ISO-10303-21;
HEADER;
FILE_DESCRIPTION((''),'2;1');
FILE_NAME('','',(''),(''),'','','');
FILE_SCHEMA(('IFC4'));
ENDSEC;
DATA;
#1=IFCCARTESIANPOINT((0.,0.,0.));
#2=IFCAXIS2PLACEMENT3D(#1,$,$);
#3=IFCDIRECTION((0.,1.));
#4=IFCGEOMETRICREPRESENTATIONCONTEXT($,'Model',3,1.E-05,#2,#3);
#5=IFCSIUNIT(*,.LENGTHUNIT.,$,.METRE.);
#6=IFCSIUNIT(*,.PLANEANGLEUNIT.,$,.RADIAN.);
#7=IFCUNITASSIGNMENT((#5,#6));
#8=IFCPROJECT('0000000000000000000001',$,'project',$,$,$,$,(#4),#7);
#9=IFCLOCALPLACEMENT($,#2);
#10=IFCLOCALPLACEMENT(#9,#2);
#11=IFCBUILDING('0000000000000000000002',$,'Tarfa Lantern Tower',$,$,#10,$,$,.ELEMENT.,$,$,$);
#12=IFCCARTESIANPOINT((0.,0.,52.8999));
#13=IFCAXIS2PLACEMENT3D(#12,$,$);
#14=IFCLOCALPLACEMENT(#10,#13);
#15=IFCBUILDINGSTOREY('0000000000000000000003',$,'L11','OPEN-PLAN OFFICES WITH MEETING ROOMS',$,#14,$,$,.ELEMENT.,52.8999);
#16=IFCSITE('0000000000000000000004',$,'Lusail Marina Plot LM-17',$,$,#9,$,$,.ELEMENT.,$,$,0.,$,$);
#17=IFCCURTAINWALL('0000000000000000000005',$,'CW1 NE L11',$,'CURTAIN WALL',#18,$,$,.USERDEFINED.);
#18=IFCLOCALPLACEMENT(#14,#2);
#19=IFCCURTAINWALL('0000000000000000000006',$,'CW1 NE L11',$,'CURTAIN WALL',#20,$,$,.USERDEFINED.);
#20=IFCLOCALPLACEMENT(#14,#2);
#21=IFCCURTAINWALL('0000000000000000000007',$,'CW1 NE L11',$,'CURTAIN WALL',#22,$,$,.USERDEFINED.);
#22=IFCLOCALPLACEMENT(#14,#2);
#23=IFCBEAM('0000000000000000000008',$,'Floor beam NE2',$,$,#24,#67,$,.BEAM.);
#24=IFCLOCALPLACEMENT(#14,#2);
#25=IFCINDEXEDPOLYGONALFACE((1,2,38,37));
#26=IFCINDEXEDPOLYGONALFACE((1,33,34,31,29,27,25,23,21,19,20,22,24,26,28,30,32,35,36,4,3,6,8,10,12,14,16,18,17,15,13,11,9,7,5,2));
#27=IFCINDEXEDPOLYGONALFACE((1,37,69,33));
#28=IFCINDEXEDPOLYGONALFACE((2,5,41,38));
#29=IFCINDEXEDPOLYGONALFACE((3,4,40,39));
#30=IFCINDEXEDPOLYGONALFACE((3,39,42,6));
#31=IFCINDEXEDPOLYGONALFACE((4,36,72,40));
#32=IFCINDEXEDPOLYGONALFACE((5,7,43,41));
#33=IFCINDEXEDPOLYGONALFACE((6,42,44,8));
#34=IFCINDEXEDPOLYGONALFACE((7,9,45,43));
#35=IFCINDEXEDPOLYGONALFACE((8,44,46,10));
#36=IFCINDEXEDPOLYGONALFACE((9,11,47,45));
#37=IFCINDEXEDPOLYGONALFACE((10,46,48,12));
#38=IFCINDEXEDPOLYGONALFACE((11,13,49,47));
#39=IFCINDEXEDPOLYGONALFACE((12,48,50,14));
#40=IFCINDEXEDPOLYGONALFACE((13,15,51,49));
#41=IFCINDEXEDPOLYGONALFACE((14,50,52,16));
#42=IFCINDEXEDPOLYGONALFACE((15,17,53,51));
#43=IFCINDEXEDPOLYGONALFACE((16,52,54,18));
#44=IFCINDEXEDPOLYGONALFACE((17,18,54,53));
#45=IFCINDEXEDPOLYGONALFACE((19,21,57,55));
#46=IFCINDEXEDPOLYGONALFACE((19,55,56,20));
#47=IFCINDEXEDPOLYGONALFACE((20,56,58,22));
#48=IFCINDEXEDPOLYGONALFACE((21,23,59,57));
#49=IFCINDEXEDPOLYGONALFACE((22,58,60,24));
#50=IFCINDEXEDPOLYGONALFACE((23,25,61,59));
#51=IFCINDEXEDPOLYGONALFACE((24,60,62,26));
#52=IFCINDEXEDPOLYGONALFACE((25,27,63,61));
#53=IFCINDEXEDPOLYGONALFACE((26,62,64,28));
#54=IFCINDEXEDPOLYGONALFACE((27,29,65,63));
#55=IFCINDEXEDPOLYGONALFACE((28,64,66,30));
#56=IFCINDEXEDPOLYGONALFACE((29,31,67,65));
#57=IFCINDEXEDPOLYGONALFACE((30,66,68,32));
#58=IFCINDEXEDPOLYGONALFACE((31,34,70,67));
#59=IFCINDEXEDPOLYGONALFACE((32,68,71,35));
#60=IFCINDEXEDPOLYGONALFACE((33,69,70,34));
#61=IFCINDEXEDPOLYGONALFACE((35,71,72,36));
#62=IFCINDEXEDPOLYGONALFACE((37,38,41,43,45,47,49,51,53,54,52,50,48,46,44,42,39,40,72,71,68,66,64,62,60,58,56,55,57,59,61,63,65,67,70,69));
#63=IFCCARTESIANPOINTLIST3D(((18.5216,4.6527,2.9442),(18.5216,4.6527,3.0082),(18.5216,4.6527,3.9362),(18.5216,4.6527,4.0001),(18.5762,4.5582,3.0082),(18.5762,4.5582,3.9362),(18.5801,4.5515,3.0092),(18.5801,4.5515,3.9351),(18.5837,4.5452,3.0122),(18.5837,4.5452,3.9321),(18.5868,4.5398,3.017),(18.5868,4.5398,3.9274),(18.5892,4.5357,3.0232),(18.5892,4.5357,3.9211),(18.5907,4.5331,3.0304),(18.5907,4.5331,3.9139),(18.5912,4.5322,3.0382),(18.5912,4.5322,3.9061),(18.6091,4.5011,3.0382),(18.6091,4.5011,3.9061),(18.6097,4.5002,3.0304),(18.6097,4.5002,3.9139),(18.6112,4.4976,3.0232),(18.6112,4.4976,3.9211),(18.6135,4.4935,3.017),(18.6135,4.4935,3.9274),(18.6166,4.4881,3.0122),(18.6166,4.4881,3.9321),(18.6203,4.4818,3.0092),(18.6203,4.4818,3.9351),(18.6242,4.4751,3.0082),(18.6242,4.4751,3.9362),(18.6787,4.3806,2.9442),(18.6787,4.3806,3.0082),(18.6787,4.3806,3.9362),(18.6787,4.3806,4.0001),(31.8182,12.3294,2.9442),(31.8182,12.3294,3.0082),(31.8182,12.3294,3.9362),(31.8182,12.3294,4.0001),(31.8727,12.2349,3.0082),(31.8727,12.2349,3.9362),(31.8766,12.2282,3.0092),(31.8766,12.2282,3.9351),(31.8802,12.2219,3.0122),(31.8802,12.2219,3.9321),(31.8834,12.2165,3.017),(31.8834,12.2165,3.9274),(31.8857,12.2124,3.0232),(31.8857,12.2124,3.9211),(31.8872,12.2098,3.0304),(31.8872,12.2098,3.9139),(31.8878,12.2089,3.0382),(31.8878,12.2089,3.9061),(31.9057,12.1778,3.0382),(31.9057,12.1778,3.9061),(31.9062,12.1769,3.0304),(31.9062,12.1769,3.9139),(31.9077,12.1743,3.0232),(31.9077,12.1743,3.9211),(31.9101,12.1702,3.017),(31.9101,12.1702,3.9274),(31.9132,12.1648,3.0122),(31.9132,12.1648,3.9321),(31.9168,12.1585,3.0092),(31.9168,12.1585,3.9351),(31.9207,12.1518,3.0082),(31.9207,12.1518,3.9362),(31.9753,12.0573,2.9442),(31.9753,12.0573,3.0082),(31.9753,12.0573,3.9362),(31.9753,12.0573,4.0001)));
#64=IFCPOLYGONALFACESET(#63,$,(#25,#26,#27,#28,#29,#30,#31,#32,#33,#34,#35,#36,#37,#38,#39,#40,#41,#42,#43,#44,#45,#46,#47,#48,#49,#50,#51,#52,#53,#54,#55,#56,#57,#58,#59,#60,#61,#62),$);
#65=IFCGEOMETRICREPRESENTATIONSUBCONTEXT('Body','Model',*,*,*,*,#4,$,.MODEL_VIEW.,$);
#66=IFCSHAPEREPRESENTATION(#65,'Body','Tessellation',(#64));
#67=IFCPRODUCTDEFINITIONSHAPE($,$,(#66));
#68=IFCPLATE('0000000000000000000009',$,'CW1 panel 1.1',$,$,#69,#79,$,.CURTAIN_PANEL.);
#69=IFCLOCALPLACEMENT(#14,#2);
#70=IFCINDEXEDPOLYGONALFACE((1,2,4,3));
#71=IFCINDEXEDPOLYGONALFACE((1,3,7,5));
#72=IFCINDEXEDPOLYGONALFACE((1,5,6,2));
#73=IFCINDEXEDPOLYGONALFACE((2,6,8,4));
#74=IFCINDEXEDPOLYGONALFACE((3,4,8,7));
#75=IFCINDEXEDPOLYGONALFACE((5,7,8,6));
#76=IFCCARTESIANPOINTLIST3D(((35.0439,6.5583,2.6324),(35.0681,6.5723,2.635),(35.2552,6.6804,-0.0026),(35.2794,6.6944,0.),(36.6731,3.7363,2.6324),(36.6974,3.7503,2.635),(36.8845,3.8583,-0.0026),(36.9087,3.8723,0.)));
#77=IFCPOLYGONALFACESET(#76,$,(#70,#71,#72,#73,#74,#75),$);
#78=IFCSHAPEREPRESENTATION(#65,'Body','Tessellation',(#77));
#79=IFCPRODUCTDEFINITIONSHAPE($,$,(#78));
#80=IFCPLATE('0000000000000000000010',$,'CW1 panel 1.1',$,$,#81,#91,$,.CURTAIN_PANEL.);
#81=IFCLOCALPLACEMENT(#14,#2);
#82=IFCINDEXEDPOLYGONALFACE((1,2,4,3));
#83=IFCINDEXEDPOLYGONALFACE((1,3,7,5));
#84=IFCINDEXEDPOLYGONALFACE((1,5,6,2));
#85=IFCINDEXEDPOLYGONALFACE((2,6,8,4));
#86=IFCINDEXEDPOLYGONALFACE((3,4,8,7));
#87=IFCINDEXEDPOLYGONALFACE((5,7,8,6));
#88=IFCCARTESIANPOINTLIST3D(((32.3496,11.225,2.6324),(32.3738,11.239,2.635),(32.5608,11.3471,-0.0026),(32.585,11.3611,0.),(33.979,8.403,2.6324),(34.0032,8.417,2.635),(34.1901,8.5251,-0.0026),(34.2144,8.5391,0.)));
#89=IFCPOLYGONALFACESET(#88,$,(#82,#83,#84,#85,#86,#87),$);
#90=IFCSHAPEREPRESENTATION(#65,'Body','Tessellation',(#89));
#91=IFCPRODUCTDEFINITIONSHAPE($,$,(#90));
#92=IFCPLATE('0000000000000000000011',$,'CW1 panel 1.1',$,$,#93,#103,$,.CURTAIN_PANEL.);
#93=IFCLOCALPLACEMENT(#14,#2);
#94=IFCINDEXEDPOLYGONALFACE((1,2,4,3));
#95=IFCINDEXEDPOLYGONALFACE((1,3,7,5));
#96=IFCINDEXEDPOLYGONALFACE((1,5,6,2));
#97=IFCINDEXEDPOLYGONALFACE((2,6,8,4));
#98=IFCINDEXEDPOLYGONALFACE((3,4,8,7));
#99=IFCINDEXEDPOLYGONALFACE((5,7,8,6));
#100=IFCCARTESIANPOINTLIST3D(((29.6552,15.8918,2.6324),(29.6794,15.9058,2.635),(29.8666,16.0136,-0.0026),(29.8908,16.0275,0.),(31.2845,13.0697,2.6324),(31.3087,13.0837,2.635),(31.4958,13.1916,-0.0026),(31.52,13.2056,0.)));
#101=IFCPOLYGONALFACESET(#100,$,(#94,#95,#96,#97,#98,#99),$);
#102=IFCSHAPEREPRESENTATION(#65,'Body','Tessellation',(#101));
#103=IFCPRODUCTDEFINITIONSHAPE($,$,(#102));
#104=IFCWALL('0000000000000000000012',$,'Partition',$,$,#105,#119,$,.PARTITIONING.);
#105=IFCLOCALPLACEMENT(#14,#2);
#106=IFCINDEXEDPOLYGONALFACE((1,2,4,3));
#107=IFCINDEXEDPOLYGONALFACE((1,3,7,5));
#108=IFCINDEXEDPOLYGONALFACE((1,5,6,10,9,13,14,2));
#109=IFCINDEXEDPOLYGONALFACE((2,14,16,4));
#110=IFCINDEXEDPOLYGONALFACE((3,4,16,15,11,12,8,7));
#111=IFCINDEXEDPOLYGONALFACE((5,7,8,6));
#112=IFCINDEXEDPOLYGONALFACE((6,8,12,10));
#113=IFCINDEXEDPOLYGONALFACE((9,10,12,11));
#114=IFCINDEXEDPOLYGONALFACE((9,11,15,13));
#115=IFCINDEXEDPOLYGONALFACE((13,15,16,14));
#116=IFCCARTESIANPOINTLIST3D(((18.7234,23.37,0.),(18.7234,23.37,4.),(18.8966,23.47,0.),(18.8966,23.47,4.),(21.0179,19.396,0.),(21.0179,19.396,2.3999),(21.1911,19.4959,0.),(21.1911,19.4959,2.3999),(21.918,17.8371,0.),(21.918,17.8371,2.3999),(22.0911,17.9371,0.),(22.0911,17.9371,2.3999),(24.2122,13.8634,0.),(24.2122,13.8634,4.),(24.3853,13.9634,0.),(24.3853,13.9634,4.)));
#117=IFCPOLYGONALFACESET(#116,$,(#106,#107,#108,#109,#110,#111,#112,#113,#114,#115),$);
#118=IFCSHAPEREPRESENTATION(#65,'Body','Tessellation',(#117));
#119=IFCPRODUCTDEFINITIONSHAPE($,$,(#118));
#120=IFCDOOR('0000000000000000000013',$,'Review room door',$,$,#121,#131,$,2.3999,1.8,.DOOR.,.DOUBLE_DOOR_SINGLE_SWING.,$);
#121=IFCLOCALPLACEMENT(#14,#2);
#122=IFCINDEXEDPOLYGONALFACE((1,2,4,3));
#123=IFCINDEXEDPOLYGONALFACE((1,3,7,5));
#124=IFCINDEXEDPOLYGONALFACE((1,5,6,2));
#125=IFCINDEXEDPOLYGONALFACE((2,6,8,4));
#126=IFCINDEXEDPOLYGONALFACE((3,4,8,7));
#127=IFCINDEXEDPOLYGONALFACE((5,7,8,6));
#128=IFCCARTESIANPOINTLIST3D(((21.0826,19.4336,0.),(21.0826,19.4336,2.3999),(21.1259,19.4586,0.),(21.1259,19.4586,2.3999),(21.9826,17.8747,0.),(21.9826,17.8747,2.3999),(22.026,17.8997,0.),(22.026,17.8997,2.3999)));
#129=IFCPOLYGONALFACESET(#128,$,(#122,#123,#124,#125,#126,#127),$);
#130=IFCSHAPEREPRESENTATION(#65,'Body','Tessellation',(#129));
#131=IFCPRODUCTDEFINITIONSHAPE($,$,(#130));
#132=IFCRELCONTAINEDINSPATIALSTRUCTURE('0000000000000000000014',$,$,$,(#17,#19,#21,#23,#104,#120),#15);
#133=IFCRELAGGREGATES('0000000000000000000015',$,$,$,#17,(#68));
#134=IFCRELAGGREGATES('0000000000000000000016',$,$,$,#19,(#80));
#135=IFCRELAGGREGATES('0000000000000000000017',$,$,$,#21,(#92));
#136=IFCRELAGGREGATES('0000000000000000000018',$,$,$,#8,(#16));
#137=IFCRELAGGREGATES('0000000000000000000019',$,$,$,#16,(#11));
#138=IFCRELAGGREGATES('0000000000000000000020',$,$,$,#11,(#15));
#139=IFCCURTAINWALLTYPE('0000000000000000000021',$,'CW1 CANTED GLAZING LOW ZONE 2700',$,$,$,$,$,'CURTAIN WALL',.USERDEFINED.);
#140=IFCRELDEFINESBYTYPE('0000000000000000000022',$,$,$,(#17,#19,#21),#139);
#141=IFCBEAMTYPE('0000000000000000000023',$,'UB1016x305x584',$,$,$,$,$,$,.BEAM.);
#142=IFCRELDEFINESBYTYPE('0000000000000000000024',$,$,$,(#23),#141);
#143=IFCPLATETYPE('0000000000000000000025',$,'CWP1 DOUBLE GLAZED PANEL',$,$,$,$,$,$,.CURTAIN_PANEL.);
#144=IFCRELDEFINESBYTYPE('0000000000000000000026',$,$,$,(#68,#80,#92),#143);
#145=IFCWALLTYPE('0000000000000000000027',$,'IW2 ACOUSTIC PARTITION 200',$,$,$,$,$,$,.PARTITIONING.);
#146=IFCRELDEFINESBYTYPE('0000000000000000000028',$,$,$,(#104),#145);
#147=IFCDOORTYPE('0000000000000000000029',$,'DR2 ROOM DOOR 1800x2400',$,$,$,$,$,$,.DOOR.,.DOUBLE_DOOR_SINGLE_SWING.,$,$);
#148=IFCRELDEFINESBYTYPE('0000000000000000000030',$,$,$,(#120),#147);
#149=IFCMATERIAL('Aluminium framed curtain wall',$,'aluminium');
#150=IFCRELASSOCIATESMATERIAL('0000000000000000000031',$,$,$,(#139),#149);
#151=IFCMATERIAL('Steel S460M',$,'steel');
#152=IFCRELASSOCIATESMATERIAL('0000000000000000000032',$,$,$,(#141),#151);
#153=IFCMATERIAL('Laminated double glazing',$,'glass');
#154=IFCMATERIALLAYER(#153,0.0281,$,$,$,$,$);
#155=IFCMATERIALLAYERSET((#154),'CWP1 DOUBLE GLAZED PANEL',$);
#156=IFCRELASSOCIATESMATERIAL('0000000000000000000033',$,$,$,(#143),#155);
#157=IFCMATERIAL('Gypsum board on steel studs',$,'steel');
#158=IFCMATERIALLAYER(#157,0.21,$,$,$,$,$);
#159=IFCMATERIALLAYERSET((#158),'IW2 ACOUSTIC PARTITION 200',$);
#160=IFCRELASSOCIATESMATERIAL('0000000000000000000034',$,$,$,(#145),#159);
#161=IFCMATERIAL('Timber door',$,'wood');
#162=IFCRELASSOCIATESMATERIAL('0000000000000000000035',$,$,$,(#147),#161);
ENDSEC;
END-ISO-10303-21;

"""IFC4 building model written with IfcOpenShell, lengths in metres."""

from ifc_helpers import new_model, si_unit, direction, frame, frame_2d, origin, origin_2d, place, context, subcontext, project, spatial, polyline, rectangle, i_section, outline, extrude, material, layer, layer_set, material_profile, profile_set, type_object, element, fill, aggregate, save


model = new_model("IFC4")

# Units and contexts
model_context = context("Model", 3, precision=1e-05, world=origin(), true_north=direction((0.0, 1.0)))
body_context = subcontext(model_context, "Body", "Model", "MODEL_VIEW")
ifc_project = project(units=[si_unit("LENGTHUNIT", "METRE"), si_unit("PLANEANGLEUNIT", "RADIAN")], contexts=[model_context])

# Site, building, storey
site_placement = place(None, origin())
site = spatial("IfcSite", under=ifc_project, at=site_placement, Name="Lusail Marina Plot LM-17", CompositionType="ELEMENT", RefElevation=0.0)
building_placement = place(site_placement, origin())
building = spatial("IfcBuilding", under=site, at=building_placement, Name="Tarfa Lantern Tower", CompositionType="ELEMENT")
storey_placement = place(building_placement, frame((0.0, 0.0, 52.8999)))
storey = spatial("IfcBuildingStorey", under=building, at=storey_placement, Name="L11", Description="OPEN-PLAN OFFICES WITH MEETING ROOMS", CompositionType="ELEMENT", Elevation=52.8999)

# Curtain walls
ifc_material_1 = material(Name="Aluminium framed curtain wall", Category="aluminium")
curtain_wall_type = type_object("IfcCurtainWallType", Name="CW1 CANTED GLAZING LOW ZONE 2700", ElementType="CURTAIN WALL", PredefinedType="USERDEFINED", material=ifc_material_1)
curtain_wall_1_placement = place(storey_placement, origin())
curtain_wall_1 = element("IfcCurtainWall", 1, at=curtain_wall_1_placement, inside=storey, type_object=curtain_wall_type, Name="CW1 NE L11", ObjectType="CURTAIN WALL", PredefinedType="USERDEFINED")
curtain_wall_2_placement = place(storey_placement, origin())
curtain_wall_2 = element("IfcCurtainWall", 2, at=curtain_wall_2_placement, inside=storey, type_object=curtain_wall_type, Name="CW1 NE L11", ObjectType="CURTAIN WALL", PredefinedType="USERDEFINED")

# Curtain wall
curtain_wall_3_placement = place(storey_placement, origin())
curtain_wall_3 = element("IfcCurtainWall", 3, at=curtain_wall_3_placement, inside=storey, type_object=curtain_wall_type, Name="CW1 NE L11", ObjectType="CURTAIN WALL", PredefinedType="USERDEFINED")

# Beam
ifc_material_2 = material(Name="Steel S460M", Category="steel")
ifc_material_profile_1 = material_profile(ifc_material_2, i_section(OverallWidth=0.3142, OverallDepth=1.0559, WebThickness=0.0359, FlangeThickness=0.064, FilletRadius=0.03, at=origin_2d()), Name="UB1016x305x584")
ifc_profile_set_1 = profile_set([ifc_material_profile_1], Name="Steel S460M")
beam_type_1 = type_object("IfcBeamType", Name="UB1016x305x584", PredefinedType="BEAM", material=ifc_profile_set_1)
beam_1_placement = place(storey_placement, frame((31.8967, 12.1934, 3.4722), z_axis=(-0.866027, -0.499997, 0.0), x_axis=(0.499997, -0.866027, 0.0)))
element("IfcBeam", 4, at=beam_1_placement, inside=storey, type_object=beam_type_1, Name="Floor beam NE2", PredefinedType="BEAM", context=body_context, shape_type="SweptSolid", body=[
    extrude(i_section(OverallWidth=0.3142, OverallDepth=1.0559, WebThickness=0.0359, FlangeThickness=0.064, FilletRadius=0.03, at=origin_2d()), origin(), (0.0, 0.0, 1.0), 15.3535),
])

# Plates
ifc_material_3 = material(Name="Laminated double glazing", Category="glass")
ifc_layer_1 = layer(ifc_material_3, 0.0281)
ifc_layer_set_1 = layer_set([ifc_layer_1], Name="CWP1 DOUBLE GLAZED PANEL")
plate_type = type_object("IfcPlateType", Name="CWP1 DOUBLE GLAZED PANEL", PredefinedType="CURTAIN_PANEL", material=ifc_layer_set_1)
plate_1_placement = place(storey_placement, frame((36.9087, 3.8723, 0.0), z_axis=(0.862338, 0.497864, 0.092216), x_axis=(-0.499995, 0.866028, 0.000003)))
plate_1 = element("IfcPlate", 5, at=plate_1_placement, type_object=plate_type, Name="CW1 panel 1.1", PredefinedType="CURTAIN_PANEL", context=body_context, shape_type="SweptSolid", body=[
    extrude(outline(polyline([(0.0, 0.0), (3.2586, 0.0), (3.2585, 2.6463), (0.0, 2.6463), (0.0, 0.0)])), origin(), (0.0, 0.0, -1.0), 0.0281),
])
aggregate(curtain_wall_1, [plate_1])
plate_2_placement = place(storey_placement, frame((34.2144, 8.5391, 0.0), z_axis=(0.862325, 0.497894, 0.092176), x_axis=(-0.500023, 0.866012, 0.0)))
plate_2 = element("IfcPlate", 6, at=plate_2_placement, type_object=plate_type, Name="CW1 panel 1.1", PredefinedType="CURTAIN_PANEL", context=body_context, shape_type="SweptSolid", body=[
    extrude(outline(polyline([(0.0, 0.0), (3.2586, 0.0), (3.2585, 2.6463), (-0.0001, 2.6463), (0.0, 0.0)])), origin(), (0.0, 0.0, -1.0), 0.0281),
])
aggregate(curtain_wall_2, [plate_2])
plate_3_placement = place(storey_placement, frame((31.52, 13.2056, 0.0), z_axis=(0.862342, 0.497867, 0.09217), x_axis=(-0.499995, 0.866029, -0.000003)))
plate_3 = element("IfcPlate", 7, at=plate_3_placement, type_object=plate_type, Name="CW1 panel 1.1", PredefinedType="CURTAIN_PANEL", context=body_context, shape_type="SweptSolid", body=[
    extrude(outline(polyline([(0.0, 0.0), (3.2585, 0.0), (3.2587, 2.6463), (0.0001, 2.6463), (0.0, 0.0)])), origin(), (0.0, 0.0, -1.0), 0.0281),
])
aggregate(curtain_wall_3, [plate_3])

# Wall, opening, door
ifc_material_4 = material(Name="Gypsum board on steel studs", Category="steel")
ifc_layer_2 = layer(ifc_material_4, 0.21)
ifc_layer_set_2 = layer_set([ifc_layer_2], Name="IW2 ACOUSTIC PARTITION 200")
wall_type = type_object("IfcWallType", Name="IW2 ACOUSTIC PARTITION 200", PredefinedType="PARTITIONING", material=ifc_layer_set_2)
wall_placement = place(storey_placement, frame((24.2988, 13.9133, 0.0), z_axis=(0.0, 0.0, 1.0), x_axis=(-0.500009, 0.86602, 0.0)))
wall = element("IfcWall", 8, at=wall_placement, inside=storey, type_object=wall_type, Name="Partition", PredefinedType="PARTITIONING", context=body_context, shape_type="SweptSolid", body=[
    extrude(rectangle(XDim=10.9773, YDim=0.2, at=frame_2d((5.4888, 0.0))), origin(), (0.0, 0.0, 1.0), 4.0),
])
opening_placement = place(wall_placement, frame((4.5886, 0.0, 0.0)))
opening = element("IfcOpeningElement", 9, at=opening_placement, cuts=wall, PredefinedType="OPENING", context=body_context, shape_type="SweptSolid", body=[
    extrude(rectangle(XDim=1.8, YDim=2.3999, at=frame_2d((0.8999, 1.2))), frame((0.0, 0.1099, 0.0), z_axis=(0.0, -1.0, 0.0), x_axis=(1.0, 0.0, 0.0)), (0.0, 0.0, 1.0), 0.22),
])
ifc_material_5 = material(Name="Timber door", Category="wood")
door_type = type_object("IfcDoorType", Name="DR2 ROOM DOOR 1800x2400", OperationType="DOUBLE_DOOR_SINGLE_SWING", PredefinedType="DOOR", material=ifc_material_5)
door_placement = place(opening_placement, frame((1.8, 0.0, 0.0), z_axis=(0.0, 0.0, 1.0), x_axis=(-1.0, 0.0, 0.0)))
door = element("IfcDoor", 10, at=door_placement, inside=storey, type_object=door_type, Name="Review room door", OperationType="DOUBLE_DOOR_SINGLE_SWING", OverallHeight=2.3999, OverallWidth=1.8, PredefinedType="DOOR", context=body_context, shape_type="SweptSolid", body=[
    extrude(rectangle(XDim=1.8, YDim=2.3999, at=frame_2d((0.8999, 1.2))), frame((0.0, 0.0249, 0.0), z_axis=(0.0, -1.0, 0.0), x_axis=(1.0, 0.0, 0.0)), (0.0, 0.0, 1.0), 0.05),
])
fill(opening, door)

save(model, "model.ifc")
